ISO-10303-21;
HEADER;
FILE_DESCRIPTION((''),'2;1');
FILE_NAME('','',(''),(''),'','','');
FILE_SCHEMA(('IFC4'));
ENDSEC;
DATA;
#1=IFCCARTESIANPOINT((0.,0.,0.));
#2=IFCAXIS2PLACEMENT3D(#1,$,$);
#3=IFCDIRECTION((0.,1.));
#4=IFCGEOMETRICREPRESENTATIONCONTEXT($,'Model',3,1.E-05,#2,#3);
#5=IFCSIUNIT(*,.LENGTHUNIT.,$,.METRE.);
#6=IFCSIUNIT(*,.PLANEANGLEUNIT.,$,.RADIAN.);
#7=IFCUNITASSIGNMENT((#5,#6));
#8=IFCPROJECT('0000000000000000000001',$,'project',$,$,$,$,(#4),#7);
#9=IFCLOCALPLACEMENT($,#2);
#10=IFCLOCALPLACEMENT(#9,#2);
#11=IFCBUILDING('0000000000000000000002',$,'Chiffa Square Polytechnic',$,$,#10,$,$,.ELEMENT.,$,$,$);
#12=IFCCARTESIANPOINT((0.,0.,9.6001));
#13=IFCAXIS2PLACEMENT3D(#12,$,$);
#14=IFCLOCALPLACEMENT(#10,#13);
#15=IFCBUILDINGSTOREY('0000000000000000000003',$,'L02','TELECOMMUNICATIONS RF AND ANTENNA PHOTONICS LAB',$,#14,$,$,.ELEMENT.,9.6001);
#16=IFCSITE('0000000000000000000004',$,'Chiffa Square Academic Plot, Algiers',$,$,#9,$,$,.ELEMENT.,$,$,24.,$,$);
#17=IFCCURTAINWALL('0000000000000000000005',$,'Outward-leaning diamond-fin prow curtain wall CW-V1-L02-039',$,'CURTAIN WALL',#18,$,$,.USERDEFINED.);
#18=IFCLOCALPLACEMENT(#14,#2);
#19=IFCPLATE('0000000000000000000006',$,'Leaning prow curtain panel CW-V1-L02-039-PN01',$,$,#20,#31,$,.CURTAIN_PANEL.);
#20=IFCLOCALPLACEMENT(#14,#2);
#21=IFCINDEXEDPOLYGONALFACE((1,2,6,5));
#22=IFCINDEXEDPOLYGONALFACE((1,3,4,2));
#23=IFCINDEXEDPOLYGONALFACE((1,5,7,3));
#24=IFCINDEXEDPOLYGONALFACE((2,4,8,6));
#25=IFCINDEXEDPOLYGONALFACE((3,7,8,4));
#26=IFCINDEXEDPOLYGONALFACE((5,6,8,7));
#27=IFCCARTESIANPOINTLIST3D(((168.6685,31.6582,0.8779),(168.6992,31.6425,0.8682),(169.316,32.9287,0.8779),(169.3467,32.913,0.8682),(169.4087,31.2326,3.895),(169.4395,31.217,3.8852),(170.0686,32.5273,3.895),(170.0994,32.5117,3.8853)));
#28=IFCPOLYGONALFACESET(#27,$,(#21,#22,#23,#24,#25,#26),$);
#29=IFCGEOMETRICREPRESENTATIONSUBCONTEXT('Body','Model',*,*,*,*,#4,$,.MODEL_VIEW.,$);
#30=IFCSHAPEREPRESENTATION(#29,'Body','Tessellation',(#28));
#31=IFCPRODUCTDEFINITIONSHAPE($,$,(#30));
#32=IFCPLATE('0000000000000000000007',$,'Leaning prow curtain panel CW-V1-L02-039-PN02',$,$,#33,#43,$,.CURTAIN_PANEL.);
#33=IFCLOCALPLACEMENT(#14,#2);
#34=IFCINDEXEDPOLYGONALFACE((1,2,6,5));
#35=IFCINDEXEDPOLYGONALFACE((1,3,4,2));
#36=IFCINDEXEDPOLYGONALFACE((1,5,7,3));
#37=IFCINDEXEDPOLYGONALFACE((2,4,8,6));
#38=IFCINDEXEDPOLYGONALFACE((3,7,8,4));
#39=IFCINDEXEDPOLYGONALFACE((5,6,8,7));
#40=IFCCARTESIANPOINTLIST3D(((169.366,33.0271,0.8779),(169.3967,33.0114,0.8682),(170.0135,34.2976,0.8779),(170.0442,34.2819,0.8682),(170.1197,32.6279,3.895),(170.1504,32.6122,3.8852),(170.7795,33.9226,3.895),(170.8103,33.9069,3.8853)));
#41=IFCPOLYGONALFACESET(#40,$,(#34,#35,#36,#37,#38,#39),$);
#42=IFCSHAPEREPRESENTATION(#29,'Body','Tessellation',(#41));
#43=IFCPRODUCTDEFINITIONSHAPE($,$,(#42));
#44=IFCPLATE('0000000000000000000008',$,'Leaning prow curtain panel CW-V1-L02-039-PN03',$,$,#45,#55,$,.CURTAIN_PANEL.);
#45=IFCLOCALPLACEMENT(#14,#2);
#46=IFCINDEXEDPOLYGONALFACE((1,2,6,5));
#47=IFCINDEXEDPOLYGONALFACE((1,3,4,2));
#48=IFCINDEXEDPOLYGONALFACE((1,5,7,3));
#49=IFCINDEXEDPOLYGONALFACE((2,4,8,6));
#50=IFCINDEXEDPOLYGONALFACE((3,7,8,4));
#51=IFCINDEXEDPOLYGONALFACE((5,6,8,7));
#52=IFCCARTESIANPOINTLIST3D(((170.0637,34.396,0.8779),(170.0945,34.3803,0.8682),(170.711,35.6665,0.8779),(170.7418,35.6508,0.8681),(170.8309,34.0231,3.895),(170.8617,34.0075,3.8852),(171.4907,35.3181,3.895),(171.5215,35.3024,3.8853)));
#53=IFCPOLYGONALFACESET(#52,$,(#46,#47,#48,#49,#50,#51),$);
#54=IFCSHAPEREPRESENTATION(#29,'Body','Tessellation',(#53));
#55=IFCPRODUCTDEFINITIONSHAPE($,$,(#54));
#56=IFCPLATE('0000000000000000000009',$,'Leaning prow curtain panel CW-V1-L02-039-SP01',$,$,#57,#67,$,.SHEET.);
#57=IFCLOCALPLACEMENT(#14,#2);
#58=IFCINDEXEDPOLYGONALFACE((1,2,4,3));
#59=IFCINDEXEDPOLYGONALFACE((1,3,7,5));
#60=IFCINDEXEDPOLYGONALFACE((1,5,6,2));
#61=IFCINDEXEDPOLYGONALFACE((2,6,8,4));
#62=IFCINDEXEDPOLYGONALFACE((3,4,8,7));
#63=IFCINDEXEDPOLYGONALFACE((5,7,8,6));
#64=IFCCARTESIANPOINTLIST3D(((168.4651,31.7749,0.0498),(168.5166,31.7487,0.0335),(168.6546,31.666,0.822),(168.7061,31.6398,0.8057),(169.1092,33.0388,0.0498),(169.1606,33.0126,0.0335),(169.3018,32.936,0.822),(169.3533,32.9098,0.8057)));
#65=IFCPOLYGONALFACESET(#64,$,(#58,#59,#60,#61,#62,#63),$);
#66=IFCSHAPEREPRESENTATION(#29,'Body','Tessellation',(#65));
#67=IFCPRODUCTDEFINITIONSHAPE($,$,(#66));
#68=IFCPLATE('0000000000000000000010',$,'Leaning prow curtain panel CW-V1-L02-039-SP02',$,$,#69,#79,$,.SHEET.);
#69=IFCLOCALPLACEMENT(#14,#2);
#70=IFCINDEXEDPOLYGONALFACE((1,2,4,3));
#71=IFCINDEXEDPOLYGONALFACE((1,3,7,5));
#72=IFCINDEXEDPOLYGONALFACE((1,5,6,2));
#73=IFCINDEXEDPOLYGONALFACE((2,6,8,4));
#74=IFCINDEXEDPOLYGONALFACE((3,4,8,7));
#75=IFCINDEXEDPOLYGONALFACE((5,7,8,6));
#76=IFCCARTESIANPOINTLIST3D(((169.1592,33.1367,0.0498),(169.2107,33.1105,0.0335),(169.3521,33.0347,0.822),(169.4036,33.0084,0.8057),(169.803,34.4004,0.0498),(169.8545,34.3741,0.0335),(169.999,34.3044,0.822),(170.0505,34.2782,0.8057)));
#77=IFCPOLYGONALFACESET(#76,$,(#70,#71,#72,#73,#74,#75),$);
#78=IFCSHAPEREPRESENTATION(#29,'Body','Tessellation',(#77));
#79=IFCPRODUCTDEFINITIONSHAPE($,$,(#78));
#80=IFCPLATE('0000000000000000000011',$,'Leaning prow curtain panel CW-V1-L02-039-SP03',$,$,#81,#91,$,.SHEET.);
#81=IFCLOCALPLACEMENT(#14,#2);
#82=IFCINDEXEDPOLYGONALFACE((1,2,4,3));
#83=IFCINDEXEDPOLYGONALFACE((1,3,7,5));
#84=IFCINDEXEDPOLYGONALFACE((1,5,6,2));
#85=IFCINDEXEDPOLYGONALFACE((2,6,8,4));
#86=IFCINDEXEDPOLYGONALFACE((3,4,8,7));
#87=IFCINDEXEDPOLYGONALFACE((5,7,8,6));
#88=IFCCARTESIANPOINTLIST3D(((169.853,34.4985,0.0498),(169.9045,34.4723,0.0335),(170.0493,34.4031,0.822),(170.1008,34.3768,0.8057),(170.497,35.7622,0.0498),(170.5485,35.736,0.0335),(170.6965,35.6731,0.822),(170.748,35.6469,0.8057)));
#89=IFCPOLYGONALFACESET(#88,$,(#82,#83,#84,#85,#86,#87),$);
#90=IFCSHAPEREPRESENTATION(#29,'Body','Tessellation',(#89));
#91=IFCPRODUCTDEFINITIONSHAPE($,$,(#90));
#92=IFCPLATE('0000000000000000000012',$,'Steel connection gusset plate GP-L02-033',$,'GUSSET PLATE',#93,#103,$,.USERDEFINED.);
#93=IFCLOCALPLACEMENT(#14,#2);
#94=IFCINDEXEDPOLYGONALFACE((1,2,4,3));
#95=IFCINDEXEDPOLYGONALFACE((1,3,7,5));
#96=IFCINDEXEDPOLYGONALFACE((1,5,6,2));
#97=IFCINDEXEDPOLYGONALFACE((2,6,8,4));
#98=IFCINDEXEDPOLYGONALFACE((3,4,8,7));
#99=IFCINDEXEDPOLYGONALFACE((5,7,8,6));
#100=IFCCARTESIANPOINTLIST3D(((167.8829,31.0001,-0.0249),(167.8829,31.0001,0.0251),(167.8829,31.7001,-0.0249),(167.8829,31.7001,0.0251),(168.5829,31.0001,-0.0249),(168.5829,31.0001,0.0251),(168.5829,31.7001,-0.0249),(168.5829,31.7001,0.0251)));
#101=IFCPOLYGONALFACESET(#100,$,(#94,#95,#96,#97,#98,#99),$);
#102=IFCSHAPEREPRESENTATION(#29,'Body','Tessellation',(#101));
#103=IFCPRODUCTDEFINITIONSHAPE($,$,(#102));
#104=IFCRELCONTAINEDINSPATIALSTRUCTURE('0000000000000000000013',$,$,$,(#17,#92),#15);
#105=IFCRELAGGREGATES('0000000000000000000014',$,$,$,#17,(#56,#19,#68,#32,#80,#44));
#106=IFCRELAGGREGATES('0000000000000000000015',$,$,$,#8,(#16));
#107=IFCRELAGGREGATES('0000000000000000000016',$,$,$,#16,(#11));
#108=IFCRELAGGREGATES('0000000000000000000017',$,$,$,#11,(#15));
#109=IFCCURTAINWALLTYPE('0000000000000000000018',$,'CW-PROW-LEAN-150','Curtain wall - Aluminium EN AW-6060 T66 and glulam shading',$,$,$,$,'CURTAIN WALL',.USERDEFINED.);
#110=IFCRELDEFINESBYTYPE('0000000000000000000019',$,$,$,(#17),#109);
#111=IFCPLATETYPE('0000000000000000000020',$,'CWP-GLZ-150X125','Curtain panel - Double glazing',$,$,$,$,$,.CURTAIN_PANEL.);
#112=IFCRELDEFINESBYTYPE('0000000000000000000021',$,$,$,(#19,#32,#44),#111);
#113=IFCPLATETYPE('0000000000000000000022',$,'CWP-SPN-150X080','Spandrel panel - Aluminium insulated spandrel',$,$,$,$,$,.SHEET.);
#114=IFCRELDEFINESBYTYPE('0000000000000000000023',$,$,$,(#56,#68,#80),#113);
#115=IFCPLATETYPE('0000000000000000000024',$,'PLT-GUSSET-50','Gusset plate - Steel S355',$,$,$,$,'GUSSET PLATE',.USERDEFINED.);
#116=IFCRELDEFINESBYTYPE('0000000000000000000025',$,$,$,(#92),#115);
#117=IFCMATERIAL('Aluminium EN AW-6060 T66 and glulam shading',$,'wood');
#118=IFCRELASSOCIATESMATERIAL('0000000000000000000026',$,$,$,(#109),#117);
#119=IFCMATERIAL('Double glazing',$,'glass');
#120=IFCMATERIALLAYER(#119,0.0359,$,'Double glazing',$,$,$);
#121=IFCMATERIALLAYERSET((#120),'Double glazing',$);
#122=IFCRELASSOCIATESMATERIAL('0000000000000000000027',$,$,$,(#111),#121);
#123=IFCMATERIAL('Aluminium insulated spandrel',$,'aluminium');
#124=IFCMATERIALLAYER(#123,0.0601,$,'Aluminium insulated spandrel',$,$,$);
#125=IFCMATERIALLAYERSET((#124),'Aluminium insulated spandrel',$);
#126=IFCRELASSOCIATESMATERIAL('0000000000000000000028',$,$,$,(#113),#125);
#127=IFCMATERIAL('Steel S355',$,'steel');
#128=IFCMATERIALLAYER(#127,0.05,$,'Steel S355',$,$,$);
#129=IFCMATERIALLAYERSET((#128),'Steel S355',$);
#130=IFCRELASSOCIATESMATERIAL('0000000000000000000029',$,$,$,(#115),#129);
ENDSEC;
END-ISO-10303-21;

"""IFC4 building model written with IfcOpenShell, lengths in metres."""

from ifc_helpers import new_model, si_unit, direction, frame, origin, origin_2d, place, context, subcontext, project, spatial, polyline, rectangle, outline, extrude, material, layer, layer_set, type_object, element, aggregate, save


model = new_model("IFC4")

# Units and contexts
model_context = context("Model", 3, precision=1e-05, world=origin(), true_north=direction((0.0, 1.0)))
body_context = subcontext(model_context, "Body", "Model", "MODEL_VIEW")
ifc_project = project(units=[si_unit("LENGTHUNIT", "METRE"), si_unit("PLANEANGLEUNIT", "RADIAN")], contexts=[model_context])

# Site, building, storey
site_placement = place(None, origin())
site = spatial("IfcSite", under=ifc_project, at=site_placement, Name="Chiffa Square Academic Plot, Algiers", CompositionType="ELEMENT", RefElevation=24.0)
building_placement = place(site_placement, origin())
building = spatial("IfcBuilding", under=site, at=building_placement, Name="Chiffa Square Polytechnic", CompositionType="ELEMENT")
storey_placement = place(building_placement, frame((0.0, 0.0, 9.6001)))
storey = spatial("IfcBuildingStorey", under=building, at=storey_placement, Name="L02", Description="TELECOMMUNICATIONS RF AND ANTENNA PHOTONICS LAB", CompositionType="ELEMENT", Elevation=9.6001)

# Shared definitions
ifc_material_1 = material(Name="Aluminium EN AW-6060 T66 and glulam shading", Category="wood")

# Curtain wall
curtain_wall_type_1 = type_object("IfcCurtainWallType", Name="CW-PROW-LEAN-150", Description="Curtain wall - Aluminium EN AW-6060 T66 and glulam shading", ElementType="CURTAIN WALL", PredefinedType="USERDEFINED", material=ifc_material_1)
curtain_wall_1_placement = place(storey_placement, origin())
curtain_wall_1 = element("IfcCurtainWall", 1, at=curtain_wall_1_placement, inside=storey, type_object=curtain_wall_type_1, Name="Outward-leaning diamond-fin prow curtain wall CW-V1-L02-039", ObjectType="CURTAIN WALL", PredefinedType="USERDEFINED")

# Shared definitions
ifc_material_2 = material(Name="Steel S355", Category="steel")

# Plates
ifc_material_3 = material(Name="Double glazing", Category="glass")
ifc_layer_1 = layer(ifc_material_3, 0.0359, Name="Double glazing")
ifc_layer_set_1 = layer_set([ifc_layer_1], Name="Double glazing")
plate_type_1 = type_object("IfcPlateType", Name="CWP-GLZ-150X125", Description="Curtain panel - Double glazing", PredefinedType="CURTAIN_PANEL", material=ifc_layer_set_1)
plate_1_placement = place(storey_placement, frame((168.6685, 31.6582, 0.8779), z_axis=(-0.857366, 0.436965, 0.272002), x_axis=(0.454083, 0.890959, -0.000011)))
plate_1 = element("IfcPlate", 2, at=plate_1_placement, type_object=plate_type_1, Name="Leaning prow curtain panel CW-V1-L02-039-PN01", PredefinedType="CURTAIN_PANEL", context=body_context, shape_type="SweptSolid", body=[
    extrude(outline(polyline([(0.0, 0.0), (1.426, 0.0), (1.4101, -3.1353), (-0.043, -3.1353), (0.0, 0.0)])), origin(), (0.0, 0.0, -1.0), 0.0359),
])
plate_2_placement = place(storey_placement, frame((169.366, 33.0271, 0.8779), z_axis=(-0.857367, 0.436966, 0.271999), x_axis=(0.454083, 0.890959, -0.000011)))
plate_2 = element("IfcPlate", 3, at=plate_2_placement, type_object=plate_type_1, Name="Leaning prow curtain panel CW-V1-L02-039-PN02", PredefinedType="CURTAIN_PANEL", context=body_context, shape_type="SweptSolid", body=[
    extrude(outline(polyline([(0.0, 0.0), (1.426, 0.0), (1.4397, -3.1353), (-0.0135, -3.1353), (0.0, 0.0)])), origin(), (0.0, 0.0, -1.0), 0.0359),
])
plate_3_placement = place(storey_placement, frame((170.0637, 34.396, 0.8779), z_axis=(-0.857413, 0.436866, 0.272013), x_axis=(0.453979, 0.891012, -0.000021)))
plate_3 = element("IfcPlate", 4, at=plate_3_placement, type_object=plate_type_1, Name="Leaning prow curtain panel CW-V1-L02-039-PN03", PredefinedType="CURTAIN_PANEL", context=body_context, shape_type="SweptSolid", body=[
    extrude(outline(polyline([(0.0, 0.0), (1.4259, 0.0), (1.4694, -3.1353), (0.016, -3.1353), (0.0, 0.0)])), origin(), (0.0, 0.0, -1.0), 0.0359),
])
ifc_material_4 = material(Name="Aluminium insulated spandrel", Category="aluminium")
ifc_layer_2 = layer(ifc_material_4, 0.0601, Name="Aluminium insulated spandrel")
ifc_layer_set_2 = layer_set([ifc_layer_2], Name="Aluminium insulated spandrel")
plate_type_2 = type_object("IfcPlateType", Name="CWP-SPN-150X080", Description="Spandrel panel - Aluminium insulated spandrel", PredefinedType="SHEET", material=ifc_layer_set_2)
plate_4_placement = place(storey_placement, frame((168.4651, 31.7749, 0.0498), z_axis=(-0.857394, 0.436916, 0.271993), x_axis=(0.454032, 0.890985, -0.000005)))
plate_4 = element("IfcPlate", 5, at=plate_4_placement, type_object=plate_type_2, Name="Leaning prow curtain panel CW-V1-L02-039-SP01", PredefinedType="SHEET", context=body_context, shape_type="SweptSolid", body=[
    extrude(outline(polyline([(0.0, 0.0), (1.4185, 0.0), (1.4144, -0.8025), (-0.011, -0.8025), (0.0, 0.0)])), origin(), (0.0, 0.0, -1.0), 0.0601),
])
plate_5_placement = place(storey_placement, frame((169.1592, 33.1367, 0.0498), z_axis=(-0.857443, 0.436861, 0.271926), x_axis=(0.453966, 0.891019, -0.000005)))
plate_5 = element("IfcPlate", 6, at=plate_5_placement, type_object=plate_type_2, Name="Leaning prow curtain panel CW-V1-L02-039-SP02", PredefinedType="SHEET", context=body_context, shape_type="SweptSolid", body=[
    extrude(outline(polyline([(0.0, 0.0), (1.4182, 0.0), (1.4217, -0.8025), (-0.0034, -0.8024), (0.0, 0.0)])), origin(), (0.0, 0.0, -1.0), 0.0601),
])
plate_6_placement = place(storey_placement, frame((169.853, 34.4985, 0.0498), z_axis=(-0.857395, 0.436959, 0.271922), x_axis=(0.45407, 0.890966, 0.000005)))
plate_6 = element("IfcPlate", 7, at=plate_6_placement, type_object=plate_type_2, Name="Leaning prow curtain panel CW-V1-L02-039-SP03", PredefinedType="SHEET", context=body_context, shape_type="SweptSolid", body=[
    extrude(outline(polyline([(0.0, 0.0), (1.4183, 0.0), (1.4295, -0.8024), (0.0041, -0.8025), (0.0, 0.0)])), origin(), (0.0, 0.0, -1.0), 0.0601),
])
aggregate(curtain_wall_1, [plate_4, plate_1, plate_5, plate_2, plate_6, plate_3])
ifc_layer_3 = layer(ifc_material_2, 0.05, Name="Steel S355")
ifc_layer_set_3 = layer_set([ifc_layer_3], Name="Steel S355")
plate_type_3 = type_object("IfcPlateType", Name="PLT-GUSSET-50", Description="Gusset plate - Steel S355", ElementType="GUSSET PLATE", PredefinedType="USERDEFINED", material=ifc_layer_set_3)
plate_7_placement = place(storey_placement, frame((168.2329, 31.3501, -0.0249), z_axis=(0.0, 0.0, 1.0), x_axis=(1.0, 0.0, 0.0)))
element("IfcPlate", 8, at=plate_7_placement, inside=storey, type_object=plate_type_3, Name="Steel connection gusset plate GP-L02-033", ObjectType="GUSSET PLATE", PredefinedType="USERDEFINED", context=body_context, shape_type="SweptSolid", body=[
    extrude(rectangle(XDim=0.7, YDim=0.7, at=origin_2d()), origin(), (0.0, 0.0, 1.0), 0.05),
])

save(model, "model.ifc")
